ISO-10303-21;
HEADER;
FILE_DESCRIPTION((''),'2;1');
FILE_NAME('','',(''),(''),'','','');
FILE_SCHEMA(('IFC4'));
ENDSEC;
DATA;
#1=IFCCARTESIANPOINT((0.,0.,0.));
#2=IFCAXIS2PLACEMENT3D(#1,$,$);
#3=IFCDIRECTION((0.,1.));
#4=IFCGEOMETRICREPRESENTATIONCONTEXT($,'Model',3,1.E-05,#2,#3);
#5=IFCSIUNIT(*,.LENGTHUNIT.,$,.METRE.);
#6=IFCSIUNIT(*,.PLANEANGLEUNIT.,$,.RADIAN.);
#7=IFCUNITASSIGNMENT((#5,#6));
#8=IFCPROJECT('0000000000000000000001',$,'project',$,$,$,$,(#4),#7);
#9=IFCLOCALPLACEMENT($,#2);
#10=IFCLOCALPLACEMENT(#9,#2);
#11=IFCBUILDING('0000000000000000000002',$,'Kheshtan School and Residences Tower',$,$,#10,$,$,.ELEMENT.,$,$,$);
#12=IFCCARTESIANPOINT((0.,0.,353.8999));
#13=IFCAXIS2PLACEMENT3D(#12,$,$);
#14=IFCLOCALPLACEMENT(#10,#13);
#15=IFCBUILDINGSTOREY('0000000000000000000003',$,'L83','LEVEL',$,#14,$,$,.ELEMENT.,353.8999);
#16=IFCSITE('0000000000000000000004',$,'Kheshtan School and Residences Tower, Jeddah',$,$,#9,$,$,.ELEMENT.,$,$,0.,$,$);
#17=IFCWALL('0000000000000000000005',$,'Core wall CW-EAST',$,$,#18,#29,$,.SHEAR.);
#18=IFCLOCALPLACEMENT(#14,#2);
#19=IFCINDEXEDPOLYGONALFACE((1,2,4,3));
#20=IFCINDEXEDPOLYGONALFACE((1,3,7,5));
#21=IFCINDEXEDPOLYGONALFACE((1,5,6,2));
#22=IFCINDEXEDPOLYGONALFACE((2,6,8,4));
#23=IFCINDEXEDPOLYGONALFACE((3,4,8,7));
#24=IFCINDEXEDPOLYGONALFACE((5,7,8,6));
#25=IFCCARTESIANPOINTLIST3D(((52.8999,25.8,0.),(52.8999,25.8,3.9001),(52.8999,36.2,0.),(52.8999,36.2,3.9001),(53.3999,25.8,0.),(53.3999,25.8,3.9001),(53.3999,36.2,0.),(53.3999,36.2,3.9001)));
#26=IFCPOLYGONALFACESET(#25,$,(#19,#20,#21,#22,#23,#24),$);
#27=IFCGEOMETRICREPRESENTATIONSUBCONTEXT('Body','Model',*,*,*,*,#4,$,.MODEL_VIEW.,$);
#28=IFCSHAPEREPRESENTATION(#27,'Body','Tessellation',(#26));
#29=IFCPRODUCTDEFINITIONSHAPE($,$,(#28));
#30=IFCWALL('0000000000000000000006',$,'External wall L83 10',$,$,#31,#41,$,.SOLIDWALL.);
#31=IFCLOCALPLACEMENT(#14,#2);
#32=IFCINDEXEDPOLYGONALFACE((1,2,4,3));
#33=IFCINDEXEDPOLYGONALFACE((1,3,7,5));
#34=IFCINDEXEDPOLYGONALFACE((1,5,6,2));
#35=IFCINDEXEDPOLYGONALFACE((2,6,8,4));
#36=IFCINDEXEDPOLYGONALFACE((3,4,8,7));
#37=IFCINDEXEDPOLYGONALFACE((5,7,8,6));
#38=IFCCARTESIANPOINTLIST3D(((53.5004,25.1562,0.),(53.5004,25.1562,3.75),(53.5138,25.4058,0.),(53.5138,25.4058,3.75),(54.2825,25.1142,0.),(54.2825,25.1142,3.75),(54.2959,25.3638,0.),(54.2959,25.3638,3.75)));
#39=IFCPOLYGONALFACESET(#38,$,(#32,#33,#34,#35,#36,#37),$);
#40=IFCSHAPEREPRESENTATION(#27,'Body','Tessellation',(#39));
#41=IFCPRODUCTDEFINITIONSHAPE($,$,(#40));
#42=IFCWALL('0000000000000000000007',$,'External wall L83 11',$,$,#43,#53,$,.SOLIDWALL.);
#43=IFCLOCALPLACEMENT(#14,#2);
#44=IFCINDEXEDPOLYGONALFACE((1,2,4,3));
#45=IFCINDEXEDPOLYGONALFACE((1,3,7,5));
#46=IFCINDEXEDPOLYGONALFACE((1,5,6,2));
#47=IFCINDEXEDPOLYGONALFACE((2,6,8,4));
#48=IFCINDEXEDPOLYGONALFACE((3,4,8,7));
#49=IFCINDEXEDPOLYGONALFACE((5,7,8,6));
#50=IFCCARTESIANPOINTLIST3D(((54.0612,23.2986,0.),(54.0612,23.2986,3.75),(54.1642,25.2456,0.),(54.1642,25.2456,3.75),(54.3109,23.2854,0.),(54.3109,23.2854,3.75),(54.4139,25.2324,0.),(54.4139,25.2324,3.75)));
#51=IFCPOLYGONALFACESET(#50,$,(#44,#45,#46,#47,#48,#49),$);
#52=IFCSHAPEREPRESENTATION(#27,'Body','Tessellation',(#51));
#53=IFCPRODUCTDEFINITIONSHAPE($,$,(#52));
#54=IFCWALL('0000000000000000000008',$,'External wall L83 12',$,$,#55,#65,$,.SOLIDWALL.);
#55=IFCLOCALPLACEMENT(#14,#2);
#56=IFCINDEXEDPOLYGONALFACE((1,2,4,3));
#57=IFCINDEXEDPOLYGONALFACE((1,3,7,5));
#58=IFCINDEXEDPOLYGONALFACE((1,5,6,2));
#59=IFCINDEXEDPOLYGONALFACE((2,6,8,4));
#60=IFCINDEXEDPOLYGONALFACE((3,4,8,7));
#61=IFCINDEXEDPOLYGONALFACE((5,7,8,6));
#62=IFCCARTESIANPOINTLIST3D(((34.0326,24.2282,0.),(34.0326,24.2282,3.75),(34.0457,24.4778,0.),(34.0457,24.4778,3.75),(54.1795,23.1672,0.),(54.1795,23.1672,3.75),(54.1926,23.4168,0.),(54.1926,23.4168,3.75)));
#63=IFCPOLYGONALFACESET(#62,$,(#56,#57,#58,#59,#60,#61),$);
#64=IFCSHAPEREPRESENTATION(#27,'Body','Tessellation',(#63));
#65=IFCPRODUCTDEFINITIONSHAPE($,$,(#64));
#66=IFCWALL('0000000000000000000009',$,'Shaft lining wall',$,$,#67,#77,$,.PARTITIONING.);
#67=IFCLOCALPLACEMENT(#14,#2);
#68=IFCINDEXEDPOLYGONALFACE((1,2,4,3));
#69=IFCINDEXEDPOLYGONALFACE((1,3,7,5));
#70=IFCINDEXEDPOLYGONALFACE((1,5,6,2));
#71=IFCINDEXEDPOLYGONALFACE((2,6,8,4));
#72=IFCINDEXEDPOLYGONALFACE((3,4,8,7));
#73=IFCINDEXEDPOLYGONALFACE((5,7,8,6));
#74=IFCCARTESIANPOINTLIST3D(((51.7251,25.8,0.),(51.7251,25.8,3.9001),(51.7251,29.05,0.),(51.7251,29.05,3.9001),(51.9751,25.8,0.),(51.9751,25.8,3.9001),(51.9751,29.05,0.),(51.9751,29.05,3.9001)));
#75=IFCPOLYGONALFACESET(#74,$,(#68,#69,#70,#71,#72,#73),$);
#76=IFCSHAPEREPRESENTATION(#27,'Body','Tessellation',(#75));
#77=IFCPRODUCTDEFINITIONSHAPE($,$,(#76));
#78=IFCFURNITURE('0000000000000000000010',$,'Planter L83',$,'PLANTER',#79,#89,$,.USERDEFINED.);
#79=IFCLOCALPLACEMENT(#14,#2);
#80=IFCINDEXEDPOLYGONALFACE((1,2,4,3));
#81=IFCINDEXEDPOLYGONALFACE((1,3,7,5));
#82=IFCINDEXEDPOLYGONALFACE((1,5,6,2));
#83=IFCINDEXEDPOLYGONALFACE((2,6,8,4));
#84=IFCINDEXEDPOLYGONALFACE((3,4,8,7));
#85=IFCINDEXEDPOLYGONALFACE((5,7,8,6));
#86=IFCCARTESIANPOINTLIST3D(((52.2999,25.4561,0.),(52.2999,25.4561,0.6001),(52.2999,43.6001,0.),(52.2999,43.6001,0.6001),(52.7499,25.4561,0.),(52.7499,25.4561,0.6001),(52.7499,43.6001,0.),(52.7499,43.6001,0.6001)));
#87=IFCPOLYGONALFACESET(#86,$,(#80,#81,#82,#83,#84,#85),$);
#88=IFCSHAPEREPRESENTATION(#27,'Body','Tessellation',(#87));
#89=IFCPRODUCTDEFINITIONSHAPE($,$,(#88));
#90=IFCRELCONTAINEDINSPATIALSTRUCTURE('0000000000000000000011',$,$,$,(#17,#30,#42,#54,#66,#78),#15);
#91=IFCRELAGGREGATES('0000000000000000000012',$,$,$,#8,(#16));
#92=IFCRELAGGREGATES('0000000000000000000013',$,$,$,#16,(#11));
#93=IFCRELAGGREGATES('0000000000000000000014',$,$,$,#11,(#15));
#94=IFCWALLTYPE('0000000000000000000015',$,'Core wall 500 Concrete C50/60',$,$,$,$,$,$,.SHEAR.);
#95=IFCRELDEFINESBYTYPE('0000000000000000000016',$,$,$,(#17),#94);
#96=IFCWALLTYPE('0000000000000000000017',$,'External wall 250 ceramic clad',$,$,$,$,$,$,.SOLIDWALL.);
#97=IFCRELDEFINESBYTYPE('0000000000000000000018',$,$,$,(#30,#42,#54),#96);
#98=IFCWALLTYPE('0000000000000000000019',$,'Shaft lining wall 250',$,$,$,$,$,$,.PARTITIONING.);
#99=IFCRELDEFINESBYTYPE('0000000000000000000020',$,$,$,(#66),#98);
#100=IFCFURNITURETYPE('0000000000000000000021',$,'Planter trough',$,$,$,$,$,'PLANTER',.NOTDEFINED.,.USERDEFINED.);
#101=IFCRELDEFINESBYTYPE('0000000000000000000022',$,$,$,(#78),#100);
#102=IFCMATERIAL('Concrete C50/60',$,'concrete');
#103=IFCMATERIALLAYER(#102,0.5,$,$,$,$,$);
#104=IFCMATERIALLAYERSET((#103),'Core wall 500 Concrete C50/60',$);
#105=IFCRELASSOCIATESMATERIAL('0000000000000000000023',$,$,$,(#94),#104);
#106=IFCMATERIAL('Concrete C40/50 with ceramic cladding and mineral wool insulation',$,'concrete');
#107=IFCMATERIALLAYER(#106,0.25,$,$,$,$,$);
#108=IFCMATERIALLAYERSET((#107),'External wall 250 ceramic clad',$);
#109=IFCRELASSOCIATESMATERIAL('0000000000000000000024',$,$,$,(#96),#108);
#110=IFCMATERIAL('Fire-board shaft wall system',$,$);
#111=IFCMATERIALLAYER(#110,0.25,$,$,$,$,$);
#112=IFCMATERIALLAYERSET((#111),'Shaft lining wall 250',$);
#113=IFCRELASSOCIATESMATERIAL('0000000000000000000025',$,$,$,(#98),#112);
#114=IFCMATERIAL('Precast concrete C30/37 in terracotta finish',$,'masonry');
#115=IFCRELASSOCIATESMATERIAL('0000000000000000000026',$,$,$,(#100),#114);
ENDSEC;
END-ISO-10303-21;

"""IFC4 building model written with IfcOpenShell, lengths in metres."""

from ifc_helpers import new_model, si_unit, direction, frame, frame_2d, origin, origin_2d, place, context, subcontext, project, spatial, rectangle, extrude, material, layer, layer_set, type_object, element, save


model = new_model("IFC4")

# Units and contexts
model_context = context("Model", 3, precision=1e-05, world=origin(), true_north=direction((0.0, 1.0)))
body_context = subcontext(model_context, "Body", "Model", "MODEL_VIEW")
ifc_project = project(units=[si_unit("LENGTHUNIT", "METRE"), si_unit("PLANEANGLEUNIT", "RADIAN")], contexts=[model_context])

# Site, building, storey
site_placement = place(None, origin())
site = spatial("IfcSite", under=ifc_project, at=site_placement, Name="Kheshtan School and Residences Tower, Jeddah", CompositionType="ELEMENT", RefElevation=0.0)
building_placement = place(site_placement, origin())
building = spatial("IfcBuilding", under=site, at=building_placement, Name="Kheshtan School and Residences Tower", CompositionType="ELEMENT")
storey_placement = place(building_placement, frame((0.0, 0.0, 353.8999)))
storey = spatial("IfcBuildingStorey", under=building, at=storey_placement, Name="L83", Description="LEVEL", CompositionType="ELEMENT", Elevation=353.8999)

# Walls
ifc_material_1 = material(Name="Concrete C50/60", Category="concrete")
ifc_layer_1 = layer(ifc_material_1, 0.5)
ifc_layer_set_1 = layer_set([ifc_layer_1], Name="Core wall 500 Concrete C50/60")
wall_type_1 = type_object("IfcWallType", Name="Core wall 500 Concrete C50/60", PredefinedType="SHEAR", material=ifc_layer_set_1)
wall_1_placement = place(storey_placement, frame((53.1499, 25.8, 0.0), z_axis=(0.0, 0.0, 1.0), x_axis=(0.0, 1.0, 0.0)))
element("IfcWall", 1, at=wall_1_placement, inside=storey, type_object=wall_type_1, Name="Core wall CW-EAST", PredefinedType="SHEAR", context=body_context, shape_type="SweptSolid", body=[
    extrude(rectangle(XDim=10.3999, YDim=0.5, at=frame_2d((5.2, 0.0))), origin(), (0.0, 0.0, 1.0), 3.9001),
])
ifc_material_2 = material(Name="Concrete C40/50 with ceramic cladding and mineral wool insulation", Category="concrete")
ifc_layer_2 = layer(ifc_material_2, 0.25)
ifc_layer_set_2 = layer_set([ifc_layer_2], Name="External wall 250 ceramic clad")
wall_type_2 = type_object("IfcWallType", Name="External wall 250 ceramic clad", PredefinedType="SOLIDWALL", material=ifc_layer_set_2)
wall_2_placement = place(storey_placement, frame((53.5071, 25.281, 0.0), z_axis=(0.0, 0.0, 1.0), x_axis=(0.998561, -0.053622, 0.0)))
element("IfcWall", 2, at=wall_2_placement, inside=storey, type_object=wall_type_2, Name="External wall L83 10", PredefinedType="SOLIDWALL", context=body_context, shape_type="SweptSolid", body=[
    extrude(rectangle(XDim=0.7832, YDim=0.25, at=frame_2d((0.3916, 0.0))), origin(), (0.0, 0.0, 1.0), 3.75),
])
wall_3_placement = place(storey_placement, frame((54.2891, 25.239, 0.0), z_axis=(0.0, 0.0, 1.0), x_axis=(-0.052841, -0.998603, 0.0)))
element("IfcWall", 3, at=wall_3_placement, inside=storey, type_object=wall_type_2, Name="External wall L83 11", PredefinedType="SOLIDWALL", context=body_context, shape_type="SweptSolid", body=[
    extrude(rectangle(XDim=1.9497, YDim=0.25, at=frame_2d((0.9749, 0.0))), origin(), (0.0, 0.0, 1.0), 3.75),
])
wall_4_placement = place(storey_placement, frame((54.186, 23.292, 0.0), z_axis=(0.0, 0.0, 1.0), x_axis=(-0.998616, 0.052592, 0.0)))
element("IfcWall", 4, at=wall_4_placement, inside=storey, type_object=wall_type_2, Name="External wall L83 12", PredefinedType="SOLIDWALL", context=body_context, shape_type="SweptSolid", body=[
    extrude(rectangle(XDim=20.1748, YDim=0.25, at=frame_2d((10.0874, 0.0))), origin(), (0.0, 0.0, 1.0), 3.75),
])
ifc_material_3 = material(Name="Fire-board shaft wall system")
ifc_layer_3 = layer(ifc_material_3, 0.25)
ifc_layer_set_3 = layer_set([ifc_layer_3], Name="Shaft lining wall 250")
wall_type_3 = type_object("IfcWallType", Name="Shaft lining wall 250", PredefinedType="PARTITIONING", material=ifc_layer_set_3)
wall_5_placement = place(storey_placement, frame((51.8501, 25.8, 0.0), z_axis=(0.0, 0.0, 1.0), x_axis=(0.0, 1.0, 0.0)))
element("IfcWall", 5, at=wall_5_placement, inside=storey, type_object=wall_type_3, Name="Shaft lining wall", PredefinedType="PARTITIONING", context=body_context, shape_type="SweptSolid", body=[
    extrude(rectangle(XDim=3.25, YDim=0.25, at=frame_2d((1.625, 0.0))), origin(), (0.0, 0.0, 1.0), 3.9001),
])

# Furniture
ifc_material_4 = material(Name="Precast concrete C30/37 in terracotta finish", Category="masonry")
furniture_type = type_object("IfcFurnitureType", Name="Planter trough", ElementType="PLANTER", AssemblyPlace="NOTDEFINED", PredefinedType="USERDEFINED", material=ifc_material_4)
furniture_placement = place(storey_placement, frame((52.5249, 34.5281, 0.0), z_axis=(0.0, 0.0, 1.0), x_axis=(0.0, -1.0, 0.0)))
element("IfcFurniture", 6, at=furniture_placement, inside=storey, type_object=furniture_type, Name="Planter L83", ObjectType="PLANTER", PredefinedType="USERDEFINED", context=body_context, shape_type="SweptSolid", body=[
    extrude(rectangle(XDim=18.144, YDim=0.45, at=origin_2d()), origin(), (0.0, 0.0, 1.0), 0.6001),
])

save(model, "model.ifc")
